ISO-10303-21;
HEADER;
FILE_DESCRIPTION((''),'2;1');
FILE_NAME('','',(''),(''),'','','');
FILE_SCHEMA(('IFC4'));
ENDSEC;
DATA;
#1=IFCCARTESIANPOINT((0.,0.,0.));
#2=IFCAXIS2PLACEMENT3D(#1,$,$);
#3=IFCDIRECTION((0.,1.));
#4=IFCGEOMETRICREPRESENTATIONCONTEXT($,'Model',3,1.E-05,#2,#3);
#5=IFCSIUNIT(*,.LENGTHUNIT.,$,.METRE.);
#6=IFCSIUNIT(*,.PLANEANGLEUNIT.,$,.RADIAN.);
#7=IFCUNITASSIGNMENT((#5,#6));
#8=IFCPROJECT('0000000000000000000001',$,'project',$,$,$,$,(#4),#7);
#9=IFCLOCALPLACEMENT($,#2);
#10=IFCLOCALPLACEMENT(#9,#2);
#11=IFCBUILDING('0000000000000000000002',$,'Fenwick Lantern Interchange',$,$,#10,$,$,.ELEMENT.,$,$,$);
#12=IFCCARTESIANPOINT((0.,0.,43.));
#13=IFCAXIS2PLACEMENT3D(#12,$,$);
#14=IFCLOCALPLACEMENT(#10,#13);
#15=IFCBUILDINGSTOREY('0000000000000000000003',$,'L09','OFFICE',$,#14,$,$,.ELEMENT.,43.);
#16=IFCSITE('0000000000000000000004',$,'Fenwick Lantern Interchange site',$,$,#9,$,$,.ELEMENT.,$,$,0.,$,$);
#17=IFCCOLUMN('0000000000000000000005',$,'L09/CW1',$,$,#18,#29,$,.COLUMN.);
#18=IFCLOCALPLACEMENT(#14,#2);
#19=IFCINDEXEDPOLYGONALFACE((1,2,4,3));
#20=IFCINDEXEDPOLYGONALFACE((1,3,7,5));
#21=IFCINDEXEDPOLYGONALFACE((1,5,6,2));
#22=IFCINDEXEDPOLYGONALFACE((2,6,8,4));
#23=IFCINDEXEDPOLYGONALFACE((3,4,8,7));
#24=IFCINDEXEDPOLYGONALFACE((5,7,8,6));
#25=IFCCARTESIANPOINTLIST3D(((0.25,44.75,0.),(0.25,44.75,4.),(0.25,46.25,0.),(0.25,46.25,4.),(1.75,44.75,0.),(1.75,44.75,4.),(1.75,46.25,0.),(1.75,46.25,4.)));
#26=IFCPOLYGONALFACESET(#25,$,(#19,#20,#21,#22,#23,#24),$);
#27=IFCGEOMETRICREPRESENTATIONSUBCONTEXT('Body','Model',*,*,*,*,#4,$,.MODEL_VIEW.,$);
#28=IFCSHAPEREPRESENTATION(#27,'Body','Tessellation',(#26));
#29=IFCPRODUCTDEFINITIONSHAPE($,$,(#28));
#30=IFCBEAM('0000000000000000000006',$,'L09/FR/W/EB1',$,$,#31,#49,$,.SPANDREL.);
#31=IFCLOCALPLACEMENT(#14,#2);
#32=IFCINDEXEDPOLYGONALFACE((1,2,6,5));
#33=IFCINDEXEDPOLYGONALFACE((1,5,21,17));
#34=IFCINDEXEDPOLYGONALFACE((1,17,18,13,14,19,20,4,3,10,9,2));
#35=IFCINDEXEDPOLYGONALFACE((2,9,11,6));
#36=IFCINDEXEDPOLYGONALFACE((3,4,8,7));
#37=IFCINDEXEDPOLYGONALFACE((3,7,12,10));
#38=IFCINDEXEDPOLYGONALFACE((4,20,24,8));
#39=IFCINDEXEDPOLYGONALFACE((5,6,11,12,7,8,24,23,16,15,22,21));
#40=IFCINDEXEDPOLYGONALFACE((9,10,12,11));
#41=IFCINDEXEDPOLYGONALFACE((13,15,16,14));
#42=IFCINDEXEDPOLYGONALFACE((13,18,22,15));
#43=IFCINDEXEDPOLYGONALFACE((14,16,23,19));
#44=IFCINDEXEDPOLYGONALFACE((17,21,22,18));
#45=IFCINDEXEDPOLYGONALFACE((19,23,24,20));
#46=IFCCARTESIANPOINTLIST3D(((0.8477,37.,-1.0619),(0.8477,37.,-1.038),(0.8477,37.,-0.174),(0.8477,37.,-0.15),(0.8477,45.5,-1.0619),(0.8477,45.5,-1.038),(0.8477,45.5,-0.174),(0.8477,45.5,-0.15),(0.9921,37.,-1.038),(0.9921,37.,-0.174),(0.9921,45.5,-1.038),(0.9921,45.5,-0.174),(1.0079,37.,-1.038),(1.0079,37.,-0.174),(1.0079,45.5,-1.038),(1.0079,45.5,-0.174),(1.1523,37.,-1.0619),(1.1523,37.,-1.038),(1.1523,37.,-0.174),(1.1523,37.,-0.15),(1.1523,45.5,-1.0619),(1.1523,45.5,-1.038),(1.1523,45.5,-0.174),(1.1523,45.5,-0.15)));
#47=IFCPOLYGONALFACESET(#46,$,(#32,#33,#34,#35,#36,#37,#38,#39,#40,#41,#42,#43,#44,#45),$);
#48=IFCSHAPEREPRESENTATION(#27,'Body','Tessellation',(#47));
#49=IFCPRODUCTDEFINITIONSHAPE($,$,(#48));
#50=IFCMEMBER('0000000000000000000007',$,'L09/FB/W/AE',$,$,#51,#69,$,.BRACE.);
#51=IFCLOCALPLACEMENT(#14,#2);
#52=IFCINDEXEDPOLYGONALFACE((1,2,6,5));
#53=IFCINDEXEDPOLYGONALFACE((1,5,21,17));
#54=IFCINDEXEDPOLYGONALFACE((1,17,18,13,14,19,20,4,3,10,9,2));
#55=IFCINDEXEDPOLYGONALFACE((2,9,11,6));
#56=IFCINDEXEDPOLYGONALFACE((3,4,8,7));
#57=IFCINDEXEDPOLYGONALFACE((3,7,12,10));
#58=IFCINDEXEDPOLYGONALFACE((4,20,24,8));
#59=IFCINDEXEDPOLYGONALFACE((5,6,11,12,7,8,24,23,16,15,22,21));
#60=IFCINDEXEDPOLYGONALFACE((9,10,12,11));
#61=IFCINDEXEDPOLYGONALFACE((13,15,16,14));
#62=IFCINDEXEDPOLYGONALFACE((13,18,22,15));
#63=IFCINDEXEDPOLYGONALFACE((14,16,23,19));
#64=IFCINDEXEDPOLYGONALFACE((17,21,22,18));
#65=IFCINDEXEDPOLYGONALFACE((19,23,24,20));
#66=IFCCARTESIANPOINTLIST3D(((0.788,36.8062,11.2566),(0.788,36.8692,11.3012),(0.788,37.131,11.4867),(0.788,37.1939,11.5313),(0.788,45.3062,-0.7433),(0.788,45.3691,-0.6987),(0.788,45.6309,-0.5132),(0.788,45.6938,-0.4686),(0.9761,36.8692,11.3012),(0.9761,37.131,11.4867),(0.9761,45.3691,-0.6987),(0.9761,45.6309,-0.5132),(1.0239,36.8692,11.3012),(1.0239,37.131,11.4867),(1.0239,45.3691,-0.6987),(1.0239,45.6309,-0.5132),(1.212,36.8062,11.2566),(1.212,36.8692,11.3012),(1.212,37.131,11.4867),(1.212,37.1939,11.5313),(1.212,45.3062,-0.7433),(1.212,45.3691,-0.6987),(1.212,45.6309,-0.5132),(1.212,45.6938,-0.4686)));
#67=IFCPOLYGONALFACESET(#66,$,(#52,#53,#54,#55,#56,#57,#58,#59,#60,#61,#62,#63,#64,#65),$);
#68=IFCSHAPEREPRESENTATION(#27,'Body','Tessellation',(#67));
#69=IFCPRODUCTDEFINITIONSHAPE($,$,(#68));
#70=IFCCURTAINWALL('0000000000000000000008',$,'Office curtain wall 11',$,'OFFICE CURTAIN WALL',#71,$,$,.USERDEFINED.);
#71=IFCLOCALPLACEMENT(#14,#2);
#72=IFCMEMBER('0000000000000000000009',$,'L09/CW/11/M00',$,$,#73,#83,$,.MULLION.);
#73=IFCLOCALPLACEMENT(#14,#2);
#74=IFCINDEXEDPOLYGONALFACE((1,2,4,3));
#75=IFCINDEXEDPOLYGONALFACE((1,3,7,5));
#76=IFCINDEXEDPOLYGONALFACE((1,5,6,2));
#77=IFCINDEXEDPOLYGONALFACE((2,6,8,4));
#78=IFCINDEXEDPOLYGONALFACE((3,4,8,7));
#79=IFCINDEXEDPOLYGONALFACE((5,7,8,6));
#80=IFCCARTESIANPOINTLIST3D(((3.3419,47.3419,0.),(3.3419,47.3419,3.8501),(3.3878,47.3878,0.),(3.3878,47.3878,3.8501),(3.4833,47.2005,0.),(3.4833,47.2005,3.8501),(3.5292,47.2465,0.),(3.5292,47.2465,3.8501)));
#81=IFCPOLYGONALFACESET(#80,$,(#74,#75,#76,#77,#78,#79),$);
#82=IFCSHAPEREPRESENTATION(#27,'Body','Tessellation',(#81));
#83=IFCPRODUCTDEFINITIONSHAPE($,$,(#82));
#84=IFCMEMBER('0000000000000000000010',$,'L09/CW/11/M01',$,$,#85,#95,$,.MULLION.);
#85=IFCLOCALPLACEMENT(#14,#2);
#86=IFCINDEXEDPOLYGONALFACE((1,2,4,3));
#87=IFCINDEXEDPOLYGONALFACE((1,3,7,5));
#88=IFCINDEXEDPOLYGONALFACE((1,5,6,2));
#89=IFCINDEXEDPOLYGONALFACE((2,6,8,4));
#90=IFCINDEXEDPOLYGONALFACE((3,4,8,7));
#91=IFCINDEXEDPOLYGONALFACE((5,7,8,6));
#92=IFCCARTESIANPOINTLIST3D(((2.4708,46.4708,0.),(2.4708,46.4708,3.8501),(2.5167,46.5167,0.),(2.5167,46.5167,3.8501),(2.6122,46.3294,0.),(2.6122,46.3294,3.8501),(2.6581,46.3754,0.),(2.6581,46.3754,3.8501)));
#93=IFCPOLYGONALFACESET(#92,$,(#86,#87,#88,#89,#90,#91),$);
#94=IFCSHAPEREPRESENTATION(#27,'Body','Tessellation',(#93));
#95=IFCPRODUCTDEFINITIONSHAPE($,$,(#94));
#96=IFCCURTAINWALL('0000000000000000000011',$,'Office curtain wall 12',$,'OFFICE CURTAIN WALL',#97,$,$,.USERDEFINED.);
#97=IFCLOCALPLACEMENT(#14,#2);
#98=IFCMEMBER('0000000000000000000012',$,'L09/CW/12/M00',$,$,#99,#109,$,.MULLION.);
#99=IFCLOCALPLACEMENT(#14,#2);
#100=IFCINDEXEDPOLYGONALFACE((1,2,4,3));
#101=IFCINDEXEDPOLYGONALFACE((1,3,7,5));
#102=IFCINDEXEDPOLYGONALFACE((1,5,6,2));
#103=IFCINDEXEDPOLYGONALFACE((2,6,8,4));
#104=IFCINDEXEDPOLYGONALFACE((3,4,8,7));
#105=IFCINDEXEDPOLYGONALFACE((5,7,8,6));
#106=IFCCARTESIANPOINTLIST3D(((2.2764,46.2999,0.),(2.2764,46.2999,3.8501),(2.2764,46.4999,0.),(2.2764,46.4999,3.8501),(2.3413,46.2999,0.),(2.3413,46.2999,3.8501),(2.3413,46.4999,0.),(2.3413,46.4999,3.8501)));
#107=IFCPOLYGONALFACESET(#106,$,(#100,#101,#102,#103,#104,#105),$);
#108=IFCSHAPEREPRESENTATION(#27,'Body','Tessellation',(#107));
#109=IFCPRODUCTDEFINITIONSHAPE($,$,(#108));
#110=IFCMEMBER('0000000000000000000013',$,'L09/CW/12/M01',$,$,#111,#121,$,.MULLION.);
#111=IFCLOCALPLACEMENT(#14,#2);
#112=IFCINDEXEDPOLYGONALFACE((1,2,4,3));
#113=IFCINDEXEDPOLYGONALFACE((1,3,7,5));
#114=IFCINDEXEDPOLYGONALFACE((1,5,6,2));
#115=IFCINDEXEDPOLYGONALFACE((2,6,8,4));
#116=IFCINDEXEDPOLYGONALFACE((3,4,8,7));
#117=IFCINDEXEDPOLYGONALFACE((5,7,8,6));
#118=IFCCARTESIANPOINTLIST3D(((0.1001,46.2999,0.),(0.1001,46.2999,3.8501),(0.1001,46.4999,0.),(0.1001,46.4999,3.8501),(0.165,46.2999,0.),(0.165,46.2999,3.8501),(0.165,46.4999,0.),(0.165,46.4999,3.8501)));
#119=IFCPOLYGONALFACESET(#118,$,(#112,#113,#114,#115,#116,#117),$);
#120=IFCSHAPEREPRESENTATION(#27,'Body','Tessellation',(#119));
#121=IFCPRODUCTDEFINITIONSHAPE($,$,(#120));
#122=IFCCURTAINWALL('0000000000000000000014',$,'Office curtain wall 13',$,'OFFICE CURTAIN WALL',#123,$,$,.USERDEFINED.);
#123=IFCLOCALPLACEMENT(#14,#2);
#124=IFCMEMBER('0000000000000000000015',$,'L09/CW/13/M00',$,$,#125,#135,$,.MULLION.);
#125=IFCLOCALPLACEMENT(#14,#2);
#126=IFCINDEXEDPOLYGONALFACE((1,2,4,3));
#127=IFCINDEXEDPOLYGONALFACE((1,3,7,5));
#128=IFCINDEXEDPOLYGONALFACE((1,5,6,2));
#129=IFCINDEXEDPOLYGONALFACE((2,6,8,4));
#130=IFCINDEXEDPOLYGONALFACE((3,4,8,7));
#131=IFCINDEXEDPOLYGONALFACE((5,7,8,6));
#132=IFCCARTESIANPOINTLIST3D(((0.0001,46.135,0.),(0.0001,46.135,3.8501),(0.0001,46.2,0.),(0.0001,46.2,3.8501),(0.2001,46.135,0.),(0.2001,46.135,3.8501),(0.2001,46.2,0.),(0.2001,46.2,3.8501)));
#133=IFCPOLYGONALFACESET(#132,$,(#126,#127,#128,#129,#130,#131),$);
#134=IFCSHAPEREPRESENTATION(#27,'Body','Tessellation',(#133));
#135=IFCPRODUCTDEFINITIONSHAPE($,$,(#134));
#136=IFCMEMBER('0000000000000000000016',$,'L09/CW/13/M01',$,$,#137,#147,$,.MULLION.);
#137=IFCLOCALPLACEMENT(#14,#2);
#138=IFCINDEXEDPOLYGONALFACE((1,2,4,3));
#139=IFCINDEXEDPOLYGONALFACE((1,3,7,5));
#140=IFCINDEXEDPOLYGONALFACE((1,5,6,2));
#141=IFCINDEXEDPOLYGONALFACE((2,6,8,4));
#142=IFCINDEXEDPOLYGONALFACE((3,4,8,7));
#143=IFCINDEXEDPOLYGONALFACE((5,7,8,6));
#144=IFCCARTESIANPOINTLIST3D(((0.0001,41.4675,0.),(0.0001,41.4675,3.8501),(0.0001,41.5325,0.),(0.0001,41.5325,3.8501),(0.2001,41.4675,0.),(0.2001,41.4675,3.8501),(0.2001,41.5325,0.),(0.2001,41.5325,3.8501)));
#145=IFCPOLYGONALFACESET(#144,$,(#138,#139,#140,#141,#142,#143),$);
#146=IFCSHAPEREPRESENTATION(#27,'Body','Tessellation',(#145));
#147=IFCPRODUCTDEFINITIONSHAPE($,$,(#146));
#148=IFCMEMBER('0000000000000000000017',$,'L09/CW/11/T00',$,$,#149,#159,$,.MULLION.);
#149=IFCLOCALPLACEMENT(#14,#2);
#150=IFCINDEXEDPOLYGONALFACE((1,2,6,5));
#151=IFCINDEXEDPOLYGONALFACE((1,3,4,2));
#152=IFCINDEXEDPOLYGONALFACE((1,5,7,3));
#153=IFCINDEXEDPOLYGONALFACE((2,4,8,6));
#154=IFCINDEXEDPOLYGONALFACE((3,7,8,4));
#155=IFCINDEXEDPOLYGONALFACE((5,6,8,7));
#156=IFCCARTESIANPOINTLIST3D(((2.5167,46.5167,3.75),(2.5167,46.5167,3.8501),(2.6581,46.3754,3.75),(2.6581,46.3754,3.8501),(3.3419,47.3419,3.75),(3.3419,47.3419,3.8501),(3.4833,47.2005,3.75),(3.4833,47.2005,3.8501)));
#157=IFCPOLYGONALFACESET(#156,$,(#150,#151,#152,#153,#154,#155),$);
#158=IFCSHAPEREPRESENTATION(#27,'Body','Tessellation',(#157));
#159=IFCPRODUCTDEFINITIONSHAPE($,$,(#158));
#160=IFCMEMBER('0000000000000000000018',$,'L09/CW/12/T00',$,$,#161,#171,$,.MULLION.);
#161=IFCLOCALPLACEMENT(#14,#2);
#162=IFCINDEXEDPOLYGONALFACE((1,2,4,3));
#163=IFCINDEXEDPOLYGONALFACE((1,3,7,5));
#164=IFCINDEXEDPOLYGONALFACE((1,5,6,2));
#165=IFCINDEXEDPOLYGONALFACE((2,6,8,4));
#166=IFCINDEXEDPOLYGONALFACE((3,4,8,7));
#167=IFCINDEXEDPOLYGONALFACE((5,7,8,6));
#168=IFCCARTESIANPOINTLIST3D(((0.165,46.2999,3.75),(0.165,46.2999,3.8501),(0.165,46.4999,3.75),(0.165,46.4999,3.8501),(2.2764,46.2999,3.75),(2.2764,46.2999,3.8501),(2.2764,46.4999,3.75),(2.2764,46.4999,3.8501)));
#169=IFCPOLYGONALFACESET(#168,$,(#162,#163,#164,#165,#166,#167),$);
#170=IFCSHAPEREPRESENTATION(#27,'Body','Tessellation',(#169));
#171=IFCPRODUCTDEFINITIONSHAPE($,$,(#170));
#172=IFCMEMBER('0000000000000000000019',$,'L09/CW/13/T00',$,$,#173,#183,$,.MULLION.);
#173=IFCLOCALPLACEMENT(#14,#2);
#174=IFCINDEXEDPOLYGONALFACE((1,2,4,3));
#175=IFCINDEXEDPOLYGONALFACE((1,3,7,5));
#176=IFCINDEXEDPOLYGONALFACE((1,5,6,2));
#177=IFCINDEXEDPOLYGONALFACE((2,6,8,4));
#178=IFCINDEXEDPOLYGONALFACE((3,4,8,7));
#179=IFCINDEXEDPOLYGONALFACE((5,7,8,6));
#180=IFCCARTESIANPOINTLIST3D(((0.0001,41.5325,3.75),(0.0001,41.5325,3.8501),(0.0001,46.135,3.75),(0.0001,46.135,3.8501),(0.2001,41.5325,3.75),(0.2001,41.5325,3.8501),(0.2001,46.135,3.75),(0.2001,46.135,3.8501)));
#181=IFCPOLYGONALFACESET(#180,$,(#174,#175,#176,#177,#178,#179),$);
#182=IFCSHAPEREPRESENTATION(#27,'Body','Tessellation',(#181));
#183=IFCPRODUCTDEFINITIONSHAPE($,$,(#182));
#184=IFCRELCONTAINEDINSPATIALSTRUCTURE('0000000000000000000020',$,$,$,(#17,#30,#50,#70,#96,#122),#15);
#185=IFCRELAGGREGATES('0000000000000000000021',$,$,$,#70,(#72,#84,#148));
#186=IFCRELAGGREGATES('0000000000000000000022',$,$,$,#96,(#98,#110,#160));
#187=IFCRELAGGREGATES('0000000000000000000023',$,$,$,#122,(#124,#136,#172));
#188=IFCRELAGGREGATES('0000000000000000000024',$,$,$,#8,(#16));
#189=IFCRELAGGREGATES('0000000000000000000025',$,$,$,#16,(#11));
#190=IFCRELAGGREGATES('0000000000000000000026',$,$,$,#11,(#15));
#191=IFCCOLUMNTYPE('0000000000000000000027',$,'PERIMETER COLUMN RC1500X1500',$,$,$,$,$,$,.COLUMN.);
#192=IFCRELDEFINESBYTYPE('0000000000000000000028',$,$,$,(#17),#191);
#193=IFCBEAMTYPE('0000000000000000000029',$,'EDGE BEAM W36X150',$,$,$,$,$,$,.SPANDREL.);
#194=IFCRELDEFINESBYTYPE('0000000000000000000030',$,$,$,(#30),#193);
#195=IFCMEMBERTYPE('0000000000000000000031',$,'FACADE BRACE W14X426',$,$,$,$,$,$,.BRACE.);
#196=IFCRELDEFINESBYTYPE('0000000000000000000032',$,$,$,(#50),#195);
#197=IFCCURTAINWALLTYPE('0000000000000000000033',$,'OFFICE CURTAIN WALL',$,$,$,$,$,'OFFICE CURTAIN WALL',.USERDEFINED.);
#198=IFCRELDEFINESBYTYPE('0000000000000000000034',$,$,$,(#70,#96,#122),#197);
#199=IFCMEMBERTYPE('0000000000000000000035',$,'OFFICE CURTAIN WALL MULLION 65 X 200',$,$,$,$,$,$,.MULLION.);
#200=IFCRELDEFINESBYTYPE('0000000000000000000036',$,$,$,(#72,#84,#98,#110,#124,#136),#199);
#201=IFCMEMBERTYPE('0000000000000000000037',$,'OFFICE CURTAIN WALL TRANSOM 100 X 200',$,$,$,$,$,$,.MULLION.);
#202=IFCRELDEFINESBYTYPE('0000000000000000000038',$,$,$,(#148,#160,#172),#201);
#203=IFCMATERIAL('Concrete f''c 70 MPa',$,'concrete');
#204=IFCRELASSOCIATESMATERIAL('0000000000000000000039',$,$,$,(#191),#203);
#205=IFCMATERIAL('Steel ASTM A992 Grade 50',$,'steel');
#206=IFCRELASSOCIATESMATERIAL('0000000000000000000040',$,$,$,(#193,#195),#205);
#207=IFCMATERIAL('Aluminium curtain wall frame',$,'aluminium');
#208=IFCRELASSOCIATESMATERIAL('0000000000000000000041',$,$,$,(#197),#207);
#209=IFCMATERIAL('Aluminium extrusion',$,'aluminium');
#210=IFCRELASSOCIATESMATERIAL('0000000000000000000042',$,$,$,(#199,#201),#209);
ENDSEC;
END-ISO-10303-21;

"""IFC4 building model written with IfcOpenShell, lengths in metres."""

from ifc_helpers import new_model, si_unit, direction, frame, origin, origin_2d, place, context, subcontext, project, spatial, rectangle, i_section, extrude, material, material_profile, profile_set, type_object, element, aggregate, save


model = new_model("IFC4")

# Units and contexts
model_context = context("Model", 3, precision=1e-05, world=origin(), true_north=direction((0.0, 1.0)))
body_context = subcontext(model_context, "Body", "Model", "MODEL_VIEW")
ifc_project = project(units=[si_unit("LENGTHUNIT", "METRE"), si_unit("PLANEANGLEUNIT", "RADIAN")], contexts=[model_context])

# Site, building, storey
site_placement = place(None, origin())
site = spatial("IfcSite", under=ifc_project, at=site_placement, Name="Fenwick Lantern Interchange site", CompositionType="ELEMENT", RefElevation=0.0)
building_placement = place(site_placement, origin())
building = spatial("IfcBuilding", under=site, at=building_placement, Name="Fenwick Lantern Interchange", CompositionType="ELEMENT")
storey_placement = place(building_placement, frame((0.0, 0.0, 43.0)))
storey = spatial("IfcBuildingStorey", under=building, at=storey_placement, Name="L09", Description="OFFICE", CompositionType="ELEMENT", Elevation=43.0)

# Column
ifc_material_1 = material(Name="Concrete f'c 70 MPa", Category="concrete")
ifc_material_profile_1 = material_profile(ifc_material_1, rectangle(XDim=1.5, YDim=1.5, at=origin_2d()), Name="RC1500X1500")
ifc_profile_set_1 = profile_set([ifc_material_profile_1], Name="Concrete f'c 70 MPa")
column_type = type_object("IfcColumnType", Name="PERIMETER COLUMN RC1500X1500", PredefinedType="COLUMN", material=ifc_profile_set_1)
column_placement = place(storey_placement, frame((1.0, 45.5, 0.0), z_axis=(0.0, 0.0, 1.0), x_axis=(1.0, 0.0, 0.0)))
element("IfcColumn", 1, at=column_placement, inside=storey, type_object=column_type, Name="L09/CW1", PredefinedType="COLUMN", context=body_context, shape_type="SweptSolid", body=[
    extrude(rectangle(XDim=1.5, YDim=1.5, at=origin_2d()), origin(), (0.0, 0.0, 1.0), 4.0),
])

# Beam
ifc_material_2 = material(Name="Steel ASTM A992 Grade 50", Category="steel")
ifc_material_profile_2 = material_profile(ifc_material_2, i_section(OverallWidth=0.3047, OverallDepth=0.9119, WebThickness=0.0159, FlangeThickness=0.0239, at=origin_2d()), Name="W36X150")
ifc_profile_set_2 = profile_set([ifc_material_profile_2], Name="Steel ASTM A992 Grade 50")
beam_type = type_object("IfcBeamType", Name="EDGE BEAM W36X150", PredefinedType="SPANDREL", material=ifc_profile_set_2)
beam_placement = place(storey_placement, frame((1.0, 45.5, -0.606), z_axis=(0.0, -1.0, 0.0), x_axis=(1.0, 0.0, 0.0)))
element("IfcBeam", 2, at=beam_placement, inside=storey, type_object=beam_type, Name="L09/FR/W/EB1", PredefinedType="SPANDREL", context=body_context, shape_type="SweptSolid", body=[
    extrude(i_section(OverallWidth=0.3047, OverallDepth=0.9119, WebThickness=0.0159, FlangeThickness=0.0239, at=origin_2d()), origin(), (0.0, 0.0, 1.0), 8.5),
])

# Member
ifc_material_profile_3 = material_profile(ifc_material_2, i_section(OverallWidth=0.4241, OverallDepth=0.4751, WebThickness=0.0479, FlangeThickness=0.0771, at=origin_2d()), Name="W14X426")
ifc_profile_set_3 = profile_set([ifc_material_profile_3], Name="Steel ASTM A992 Grade 50")
member_type_1 = type_object("IfcMemberType", Name="FACADE BRACE W14X426", PredefinedType="BRACE", material=ifc_profile_set_3)
member_1_placement = place(storey_placement, frame((1.0, 45.5, -0.606), z_axis=(0.0, -0.578017, 0.816024), x_axis=(1.0, 0.0, 0.0)))
element("IfcMember", 3, at=member_1_placement, inside=storey, type_object=member_type_1, Name="L09/FB/W/AE", PredefinedType="BRACE", context=body_context, shape_type="SweptSolid", body=[
    extrude(i_section(OverallWidth=0.4241, OverallDepth=0.4751, WebThickness=0.0479, FlangeThickness=0.0771, at=origin_2d()), origin(), (0.0, 0.0, 1.0), 14.7053),
])

# Curtain walls, members
ifc_material_3 = material(Name="Aluminium curtain wall frame", Category="aluminium")
curtain_wall_type = type_object("IfcCurtainWallType", Name="OFFICE CURTAIN WALL", ElementType="OFFICE CURTAIN WALL", PredefinedType="USERDEFINED", material=ifc_material_3)
curtain_wall_1_placement = place(storey_placement, origin())
curtain_wall_1 = element("IfcCurtainWall", 4, at=curtain_wall_1_placement, inside=storey, type_object=curtain_wall_type, Name="Office curtain wall 11", ObjectType="OFFICE CURTAIN WALL", PredefinedType="USERDEFINED")
ifc_material_4 = material(Name="Aluminium extrusion", Category="aluminium")
ifc_material_profile_4 = material_profile(ifc_material_4, rectangle(XDim=0.2, YDim=0.0649, at=origin_2d()), Name="OFFICE CURTAIN WALL MULLION 65 X 200")
ifc_profile_set_4 = profile_set([ifc_material_profile_4], Name="Aluminium extrusion")
member_type_2 = type_object("IfcMemberType", Name="OFFICE CURTAIN WALL MULLION 65 X 200", PredefinedType="MULLION", material=ifc_profile_set_4)
member_2_placement = place(storey_placement, frame((3.4355, 47.2942, 0.0), z_axis=(0.0, 0.0, 1.0), x_axis=(0.707107, -0.707107, 0.0)))
member_2 = element("IfcMember", 5, at=member_2_placement, type_object=member_type_2, Name="L09/CW/11/M00", PredefinedType="MULLION", context=body_context, shape_type="SweptSolid", body=[
    extrude(rectangle(XDim=0.2, YDim=0.0649, at=origin_2d()), origin(), (0.0, 0.0, 1.0), 3.8501),
])
member_3_placement = place(storey_placement, frame((2.5645, 46.4231, 0.0), z_axis=(0.0, 0.0, 1.0), x_axis=(0.707107, -0.707107, 0.0)))
member_3 = element("IfcMember", 6, at=member_3_placement, type_object=member_type_2, Name="L09/CW/11/M01", PredefinedType="MULLION", context=body_context, shape_type="SweptSolid", body=[
    extrude(rectangle(XDim=0.2, YDim=0.0649, at=origin_2d()), origin(), (0.0, 0.0, 1.0), 3.8501),
])
curtain_wall_2_placement = place(storey_placement, origin())
curtain_wall_2 = element("IfcCurtainWall", 7, at=curtain_wall_2_placement, inside=storey, type_object=curtain_wall_type, Name="Office curtain wall 12", ObjectType="OFFICE CURTAIN WALL", PredefinedType="USERDEFINED")
member_4_placement = place(storey_placement, frame((2.3088, 46.3999, 0.0), z_axis=(0.0, 0.0, 1.0), x_axis=(0.0, -1.0, 0.0)))
member_4 = element("IfcMember", 8, at=member_4_placement, type_object=member_type_2, Name="L09/CW/12/M00", PredefinedType="MULLION", context=body_context, shape_type="SweptSolid", body=[
    extrude(rectangle(XDim=0.2, YDim=0.0649, at=origin_2d()), origin(), (0.0, 0.0, 1.0), 3.8501),
])
member_5_placement = place(storey_placement, frame((0.1326, 46.3999, 0.0), z_axis=(0.0, 0.0, 1.0), x_axis=(0.0, -1.0, 0.0)))
member_5 = element("IfcMember", 9, at=member_5_placement, type_object=member_type_2, Name="L09/CW/12/M01", PredefinedType="MULLION", context=body_context, shape_type="SweptSolid", body=[
    extrude(rectangle(XDim=0.2, YDim=0.0649, at=origin_2d()), origin(), (0.0, 0.0, 1.0), 3.8501),
])
curtain_wall_3_placement = place(storey_placement, origin())
curtain_wall_3 = element("IfcCurtainWall", 10, at=curtain_wall_3_placement, inside=storey, type_object=curtain_wall_type, Name="Office curtain wall 13", ObjectType="OFFICE CURTAIN WALL", PredefinedType="USERDEFINED")
member_6_placement = place(storey_placement, frame((0.1001, 46.1675, 0.0), z_axis=(0.0, 0.0, 1.0), x_axis=(1.0, 0.0, 0.0)))
member_6 = element("IfcMember", 11, at=member_6_placement, type_object=member_type_2, Name="L09/CW/13/M00", PredefinedType="MULLION", context=body_context, shape_type="SweptSolid", body=[
    extrude(rectangle(XDim=0.2, YDim=0.0649, at=origin_2d()), origin(), (0.0, 0.0, 1.0), 3.8501),
])
member_7_placement = place(storey_placement, frame((0.1001, 41.5, 0.0), z_axis=(0.0, 0.0, 1.0), x_axis=(1.0, 0.0, 0.0)))
member_7 = element("IfcMember", 12, at=member_7_placement, type_object=member_type_2, Name="L09/CW/13/M01", PredefinedType="MULLION", context=body_context, shape_type="SweptSolid", body=[
    extrude(rectangle(XDim=0.2, YDim=0.0649, at=origin_2d()), origin(), (0.0, 0.0, 1.0), 3.8501),
])

# Members
ifc_material_profile_5 = material_profile(ifc_material_4, rectangle(XDim=0.2, YDim=0.1001, at=origin_2d()), Name="OFFICE CURTAIN WALL TRANSOM 100 X 200")
ifc_profile_set_5 = profile_set([ifc_material_profile_5], Name="Aluminium extrusion")
member_type_3 = type_object("IfcMemberType", Name="OFFICE CURTAIN WALL TRANSOM 100 X 200", PredefinedType="MULLION", material=ifc_profile_set_5)
member_8_placement = place(storey_placement, frame((3.4126, 47.2712, 3.8), z_axis=(-0.707107, -0.707107, 0.0), x_axis=(0.707107, -0.707107, 0.0)))
member_8 = element("IfcMember", 13, at=member_8_placement, type_object=member_type_3, Name="L09/CW/11/T00", PredefinedType="MULLION", context=body_context, shape_type="SweptSolid", body=[
    extrude(rectangle(XDim=0.2, YDim=0.1001, at=origin_2d()), origin(), (0.0, 0.0, 1.0), 1.167),
])
aggregate(curtain_wall_1, [member_2, member_3, member_8])
member_9_placement = place(storey_placement, frame((2.2764, 46.3999, 3.8), z_axis=(-1.0, 0.0, 0.0), x_axis=(0.0, -1.0, 0.0)))
member_9 = element("IfcMember", 14, at=member_9_placement, type_object=member_type_3, Name="L09/CW/12/T00", PredefinedType="MULLION", context=body_context, shape_type="SweptSolid", body=[
    extrude(rectangle(XDim=0.2, YDim=0.1001, at=origin_2d()), origin(), (0.0, 0.0, 1.0), 2.1113),
])
aggregate(curtain_wall_2, [member_4, member_5, member_9])
member_10_placement = place(storey_placement, frame((0.1001, 46.135, 3.8), z_axis=(0.0, -1.0, 0.0), x_axis=(1.0, 0.0, 0.0)))
member_10 = element("IfcMember", 15, at=member_10_placement, type_object=member_type_3, Name="L09/CW/13/T00", PredefinedType="MULLION", context=body_context, shape_type="SweptSolid", body=[
    extrude(rectangle(XDim=0.2, YDim=0.1001, at=origin_2d()), origin(), (0.0, 0.0, 1.0), 4.6025),
])

aggregate(curtain_wall_3, [member_6, member_7, member_10])

save(model, "model.ifc")
